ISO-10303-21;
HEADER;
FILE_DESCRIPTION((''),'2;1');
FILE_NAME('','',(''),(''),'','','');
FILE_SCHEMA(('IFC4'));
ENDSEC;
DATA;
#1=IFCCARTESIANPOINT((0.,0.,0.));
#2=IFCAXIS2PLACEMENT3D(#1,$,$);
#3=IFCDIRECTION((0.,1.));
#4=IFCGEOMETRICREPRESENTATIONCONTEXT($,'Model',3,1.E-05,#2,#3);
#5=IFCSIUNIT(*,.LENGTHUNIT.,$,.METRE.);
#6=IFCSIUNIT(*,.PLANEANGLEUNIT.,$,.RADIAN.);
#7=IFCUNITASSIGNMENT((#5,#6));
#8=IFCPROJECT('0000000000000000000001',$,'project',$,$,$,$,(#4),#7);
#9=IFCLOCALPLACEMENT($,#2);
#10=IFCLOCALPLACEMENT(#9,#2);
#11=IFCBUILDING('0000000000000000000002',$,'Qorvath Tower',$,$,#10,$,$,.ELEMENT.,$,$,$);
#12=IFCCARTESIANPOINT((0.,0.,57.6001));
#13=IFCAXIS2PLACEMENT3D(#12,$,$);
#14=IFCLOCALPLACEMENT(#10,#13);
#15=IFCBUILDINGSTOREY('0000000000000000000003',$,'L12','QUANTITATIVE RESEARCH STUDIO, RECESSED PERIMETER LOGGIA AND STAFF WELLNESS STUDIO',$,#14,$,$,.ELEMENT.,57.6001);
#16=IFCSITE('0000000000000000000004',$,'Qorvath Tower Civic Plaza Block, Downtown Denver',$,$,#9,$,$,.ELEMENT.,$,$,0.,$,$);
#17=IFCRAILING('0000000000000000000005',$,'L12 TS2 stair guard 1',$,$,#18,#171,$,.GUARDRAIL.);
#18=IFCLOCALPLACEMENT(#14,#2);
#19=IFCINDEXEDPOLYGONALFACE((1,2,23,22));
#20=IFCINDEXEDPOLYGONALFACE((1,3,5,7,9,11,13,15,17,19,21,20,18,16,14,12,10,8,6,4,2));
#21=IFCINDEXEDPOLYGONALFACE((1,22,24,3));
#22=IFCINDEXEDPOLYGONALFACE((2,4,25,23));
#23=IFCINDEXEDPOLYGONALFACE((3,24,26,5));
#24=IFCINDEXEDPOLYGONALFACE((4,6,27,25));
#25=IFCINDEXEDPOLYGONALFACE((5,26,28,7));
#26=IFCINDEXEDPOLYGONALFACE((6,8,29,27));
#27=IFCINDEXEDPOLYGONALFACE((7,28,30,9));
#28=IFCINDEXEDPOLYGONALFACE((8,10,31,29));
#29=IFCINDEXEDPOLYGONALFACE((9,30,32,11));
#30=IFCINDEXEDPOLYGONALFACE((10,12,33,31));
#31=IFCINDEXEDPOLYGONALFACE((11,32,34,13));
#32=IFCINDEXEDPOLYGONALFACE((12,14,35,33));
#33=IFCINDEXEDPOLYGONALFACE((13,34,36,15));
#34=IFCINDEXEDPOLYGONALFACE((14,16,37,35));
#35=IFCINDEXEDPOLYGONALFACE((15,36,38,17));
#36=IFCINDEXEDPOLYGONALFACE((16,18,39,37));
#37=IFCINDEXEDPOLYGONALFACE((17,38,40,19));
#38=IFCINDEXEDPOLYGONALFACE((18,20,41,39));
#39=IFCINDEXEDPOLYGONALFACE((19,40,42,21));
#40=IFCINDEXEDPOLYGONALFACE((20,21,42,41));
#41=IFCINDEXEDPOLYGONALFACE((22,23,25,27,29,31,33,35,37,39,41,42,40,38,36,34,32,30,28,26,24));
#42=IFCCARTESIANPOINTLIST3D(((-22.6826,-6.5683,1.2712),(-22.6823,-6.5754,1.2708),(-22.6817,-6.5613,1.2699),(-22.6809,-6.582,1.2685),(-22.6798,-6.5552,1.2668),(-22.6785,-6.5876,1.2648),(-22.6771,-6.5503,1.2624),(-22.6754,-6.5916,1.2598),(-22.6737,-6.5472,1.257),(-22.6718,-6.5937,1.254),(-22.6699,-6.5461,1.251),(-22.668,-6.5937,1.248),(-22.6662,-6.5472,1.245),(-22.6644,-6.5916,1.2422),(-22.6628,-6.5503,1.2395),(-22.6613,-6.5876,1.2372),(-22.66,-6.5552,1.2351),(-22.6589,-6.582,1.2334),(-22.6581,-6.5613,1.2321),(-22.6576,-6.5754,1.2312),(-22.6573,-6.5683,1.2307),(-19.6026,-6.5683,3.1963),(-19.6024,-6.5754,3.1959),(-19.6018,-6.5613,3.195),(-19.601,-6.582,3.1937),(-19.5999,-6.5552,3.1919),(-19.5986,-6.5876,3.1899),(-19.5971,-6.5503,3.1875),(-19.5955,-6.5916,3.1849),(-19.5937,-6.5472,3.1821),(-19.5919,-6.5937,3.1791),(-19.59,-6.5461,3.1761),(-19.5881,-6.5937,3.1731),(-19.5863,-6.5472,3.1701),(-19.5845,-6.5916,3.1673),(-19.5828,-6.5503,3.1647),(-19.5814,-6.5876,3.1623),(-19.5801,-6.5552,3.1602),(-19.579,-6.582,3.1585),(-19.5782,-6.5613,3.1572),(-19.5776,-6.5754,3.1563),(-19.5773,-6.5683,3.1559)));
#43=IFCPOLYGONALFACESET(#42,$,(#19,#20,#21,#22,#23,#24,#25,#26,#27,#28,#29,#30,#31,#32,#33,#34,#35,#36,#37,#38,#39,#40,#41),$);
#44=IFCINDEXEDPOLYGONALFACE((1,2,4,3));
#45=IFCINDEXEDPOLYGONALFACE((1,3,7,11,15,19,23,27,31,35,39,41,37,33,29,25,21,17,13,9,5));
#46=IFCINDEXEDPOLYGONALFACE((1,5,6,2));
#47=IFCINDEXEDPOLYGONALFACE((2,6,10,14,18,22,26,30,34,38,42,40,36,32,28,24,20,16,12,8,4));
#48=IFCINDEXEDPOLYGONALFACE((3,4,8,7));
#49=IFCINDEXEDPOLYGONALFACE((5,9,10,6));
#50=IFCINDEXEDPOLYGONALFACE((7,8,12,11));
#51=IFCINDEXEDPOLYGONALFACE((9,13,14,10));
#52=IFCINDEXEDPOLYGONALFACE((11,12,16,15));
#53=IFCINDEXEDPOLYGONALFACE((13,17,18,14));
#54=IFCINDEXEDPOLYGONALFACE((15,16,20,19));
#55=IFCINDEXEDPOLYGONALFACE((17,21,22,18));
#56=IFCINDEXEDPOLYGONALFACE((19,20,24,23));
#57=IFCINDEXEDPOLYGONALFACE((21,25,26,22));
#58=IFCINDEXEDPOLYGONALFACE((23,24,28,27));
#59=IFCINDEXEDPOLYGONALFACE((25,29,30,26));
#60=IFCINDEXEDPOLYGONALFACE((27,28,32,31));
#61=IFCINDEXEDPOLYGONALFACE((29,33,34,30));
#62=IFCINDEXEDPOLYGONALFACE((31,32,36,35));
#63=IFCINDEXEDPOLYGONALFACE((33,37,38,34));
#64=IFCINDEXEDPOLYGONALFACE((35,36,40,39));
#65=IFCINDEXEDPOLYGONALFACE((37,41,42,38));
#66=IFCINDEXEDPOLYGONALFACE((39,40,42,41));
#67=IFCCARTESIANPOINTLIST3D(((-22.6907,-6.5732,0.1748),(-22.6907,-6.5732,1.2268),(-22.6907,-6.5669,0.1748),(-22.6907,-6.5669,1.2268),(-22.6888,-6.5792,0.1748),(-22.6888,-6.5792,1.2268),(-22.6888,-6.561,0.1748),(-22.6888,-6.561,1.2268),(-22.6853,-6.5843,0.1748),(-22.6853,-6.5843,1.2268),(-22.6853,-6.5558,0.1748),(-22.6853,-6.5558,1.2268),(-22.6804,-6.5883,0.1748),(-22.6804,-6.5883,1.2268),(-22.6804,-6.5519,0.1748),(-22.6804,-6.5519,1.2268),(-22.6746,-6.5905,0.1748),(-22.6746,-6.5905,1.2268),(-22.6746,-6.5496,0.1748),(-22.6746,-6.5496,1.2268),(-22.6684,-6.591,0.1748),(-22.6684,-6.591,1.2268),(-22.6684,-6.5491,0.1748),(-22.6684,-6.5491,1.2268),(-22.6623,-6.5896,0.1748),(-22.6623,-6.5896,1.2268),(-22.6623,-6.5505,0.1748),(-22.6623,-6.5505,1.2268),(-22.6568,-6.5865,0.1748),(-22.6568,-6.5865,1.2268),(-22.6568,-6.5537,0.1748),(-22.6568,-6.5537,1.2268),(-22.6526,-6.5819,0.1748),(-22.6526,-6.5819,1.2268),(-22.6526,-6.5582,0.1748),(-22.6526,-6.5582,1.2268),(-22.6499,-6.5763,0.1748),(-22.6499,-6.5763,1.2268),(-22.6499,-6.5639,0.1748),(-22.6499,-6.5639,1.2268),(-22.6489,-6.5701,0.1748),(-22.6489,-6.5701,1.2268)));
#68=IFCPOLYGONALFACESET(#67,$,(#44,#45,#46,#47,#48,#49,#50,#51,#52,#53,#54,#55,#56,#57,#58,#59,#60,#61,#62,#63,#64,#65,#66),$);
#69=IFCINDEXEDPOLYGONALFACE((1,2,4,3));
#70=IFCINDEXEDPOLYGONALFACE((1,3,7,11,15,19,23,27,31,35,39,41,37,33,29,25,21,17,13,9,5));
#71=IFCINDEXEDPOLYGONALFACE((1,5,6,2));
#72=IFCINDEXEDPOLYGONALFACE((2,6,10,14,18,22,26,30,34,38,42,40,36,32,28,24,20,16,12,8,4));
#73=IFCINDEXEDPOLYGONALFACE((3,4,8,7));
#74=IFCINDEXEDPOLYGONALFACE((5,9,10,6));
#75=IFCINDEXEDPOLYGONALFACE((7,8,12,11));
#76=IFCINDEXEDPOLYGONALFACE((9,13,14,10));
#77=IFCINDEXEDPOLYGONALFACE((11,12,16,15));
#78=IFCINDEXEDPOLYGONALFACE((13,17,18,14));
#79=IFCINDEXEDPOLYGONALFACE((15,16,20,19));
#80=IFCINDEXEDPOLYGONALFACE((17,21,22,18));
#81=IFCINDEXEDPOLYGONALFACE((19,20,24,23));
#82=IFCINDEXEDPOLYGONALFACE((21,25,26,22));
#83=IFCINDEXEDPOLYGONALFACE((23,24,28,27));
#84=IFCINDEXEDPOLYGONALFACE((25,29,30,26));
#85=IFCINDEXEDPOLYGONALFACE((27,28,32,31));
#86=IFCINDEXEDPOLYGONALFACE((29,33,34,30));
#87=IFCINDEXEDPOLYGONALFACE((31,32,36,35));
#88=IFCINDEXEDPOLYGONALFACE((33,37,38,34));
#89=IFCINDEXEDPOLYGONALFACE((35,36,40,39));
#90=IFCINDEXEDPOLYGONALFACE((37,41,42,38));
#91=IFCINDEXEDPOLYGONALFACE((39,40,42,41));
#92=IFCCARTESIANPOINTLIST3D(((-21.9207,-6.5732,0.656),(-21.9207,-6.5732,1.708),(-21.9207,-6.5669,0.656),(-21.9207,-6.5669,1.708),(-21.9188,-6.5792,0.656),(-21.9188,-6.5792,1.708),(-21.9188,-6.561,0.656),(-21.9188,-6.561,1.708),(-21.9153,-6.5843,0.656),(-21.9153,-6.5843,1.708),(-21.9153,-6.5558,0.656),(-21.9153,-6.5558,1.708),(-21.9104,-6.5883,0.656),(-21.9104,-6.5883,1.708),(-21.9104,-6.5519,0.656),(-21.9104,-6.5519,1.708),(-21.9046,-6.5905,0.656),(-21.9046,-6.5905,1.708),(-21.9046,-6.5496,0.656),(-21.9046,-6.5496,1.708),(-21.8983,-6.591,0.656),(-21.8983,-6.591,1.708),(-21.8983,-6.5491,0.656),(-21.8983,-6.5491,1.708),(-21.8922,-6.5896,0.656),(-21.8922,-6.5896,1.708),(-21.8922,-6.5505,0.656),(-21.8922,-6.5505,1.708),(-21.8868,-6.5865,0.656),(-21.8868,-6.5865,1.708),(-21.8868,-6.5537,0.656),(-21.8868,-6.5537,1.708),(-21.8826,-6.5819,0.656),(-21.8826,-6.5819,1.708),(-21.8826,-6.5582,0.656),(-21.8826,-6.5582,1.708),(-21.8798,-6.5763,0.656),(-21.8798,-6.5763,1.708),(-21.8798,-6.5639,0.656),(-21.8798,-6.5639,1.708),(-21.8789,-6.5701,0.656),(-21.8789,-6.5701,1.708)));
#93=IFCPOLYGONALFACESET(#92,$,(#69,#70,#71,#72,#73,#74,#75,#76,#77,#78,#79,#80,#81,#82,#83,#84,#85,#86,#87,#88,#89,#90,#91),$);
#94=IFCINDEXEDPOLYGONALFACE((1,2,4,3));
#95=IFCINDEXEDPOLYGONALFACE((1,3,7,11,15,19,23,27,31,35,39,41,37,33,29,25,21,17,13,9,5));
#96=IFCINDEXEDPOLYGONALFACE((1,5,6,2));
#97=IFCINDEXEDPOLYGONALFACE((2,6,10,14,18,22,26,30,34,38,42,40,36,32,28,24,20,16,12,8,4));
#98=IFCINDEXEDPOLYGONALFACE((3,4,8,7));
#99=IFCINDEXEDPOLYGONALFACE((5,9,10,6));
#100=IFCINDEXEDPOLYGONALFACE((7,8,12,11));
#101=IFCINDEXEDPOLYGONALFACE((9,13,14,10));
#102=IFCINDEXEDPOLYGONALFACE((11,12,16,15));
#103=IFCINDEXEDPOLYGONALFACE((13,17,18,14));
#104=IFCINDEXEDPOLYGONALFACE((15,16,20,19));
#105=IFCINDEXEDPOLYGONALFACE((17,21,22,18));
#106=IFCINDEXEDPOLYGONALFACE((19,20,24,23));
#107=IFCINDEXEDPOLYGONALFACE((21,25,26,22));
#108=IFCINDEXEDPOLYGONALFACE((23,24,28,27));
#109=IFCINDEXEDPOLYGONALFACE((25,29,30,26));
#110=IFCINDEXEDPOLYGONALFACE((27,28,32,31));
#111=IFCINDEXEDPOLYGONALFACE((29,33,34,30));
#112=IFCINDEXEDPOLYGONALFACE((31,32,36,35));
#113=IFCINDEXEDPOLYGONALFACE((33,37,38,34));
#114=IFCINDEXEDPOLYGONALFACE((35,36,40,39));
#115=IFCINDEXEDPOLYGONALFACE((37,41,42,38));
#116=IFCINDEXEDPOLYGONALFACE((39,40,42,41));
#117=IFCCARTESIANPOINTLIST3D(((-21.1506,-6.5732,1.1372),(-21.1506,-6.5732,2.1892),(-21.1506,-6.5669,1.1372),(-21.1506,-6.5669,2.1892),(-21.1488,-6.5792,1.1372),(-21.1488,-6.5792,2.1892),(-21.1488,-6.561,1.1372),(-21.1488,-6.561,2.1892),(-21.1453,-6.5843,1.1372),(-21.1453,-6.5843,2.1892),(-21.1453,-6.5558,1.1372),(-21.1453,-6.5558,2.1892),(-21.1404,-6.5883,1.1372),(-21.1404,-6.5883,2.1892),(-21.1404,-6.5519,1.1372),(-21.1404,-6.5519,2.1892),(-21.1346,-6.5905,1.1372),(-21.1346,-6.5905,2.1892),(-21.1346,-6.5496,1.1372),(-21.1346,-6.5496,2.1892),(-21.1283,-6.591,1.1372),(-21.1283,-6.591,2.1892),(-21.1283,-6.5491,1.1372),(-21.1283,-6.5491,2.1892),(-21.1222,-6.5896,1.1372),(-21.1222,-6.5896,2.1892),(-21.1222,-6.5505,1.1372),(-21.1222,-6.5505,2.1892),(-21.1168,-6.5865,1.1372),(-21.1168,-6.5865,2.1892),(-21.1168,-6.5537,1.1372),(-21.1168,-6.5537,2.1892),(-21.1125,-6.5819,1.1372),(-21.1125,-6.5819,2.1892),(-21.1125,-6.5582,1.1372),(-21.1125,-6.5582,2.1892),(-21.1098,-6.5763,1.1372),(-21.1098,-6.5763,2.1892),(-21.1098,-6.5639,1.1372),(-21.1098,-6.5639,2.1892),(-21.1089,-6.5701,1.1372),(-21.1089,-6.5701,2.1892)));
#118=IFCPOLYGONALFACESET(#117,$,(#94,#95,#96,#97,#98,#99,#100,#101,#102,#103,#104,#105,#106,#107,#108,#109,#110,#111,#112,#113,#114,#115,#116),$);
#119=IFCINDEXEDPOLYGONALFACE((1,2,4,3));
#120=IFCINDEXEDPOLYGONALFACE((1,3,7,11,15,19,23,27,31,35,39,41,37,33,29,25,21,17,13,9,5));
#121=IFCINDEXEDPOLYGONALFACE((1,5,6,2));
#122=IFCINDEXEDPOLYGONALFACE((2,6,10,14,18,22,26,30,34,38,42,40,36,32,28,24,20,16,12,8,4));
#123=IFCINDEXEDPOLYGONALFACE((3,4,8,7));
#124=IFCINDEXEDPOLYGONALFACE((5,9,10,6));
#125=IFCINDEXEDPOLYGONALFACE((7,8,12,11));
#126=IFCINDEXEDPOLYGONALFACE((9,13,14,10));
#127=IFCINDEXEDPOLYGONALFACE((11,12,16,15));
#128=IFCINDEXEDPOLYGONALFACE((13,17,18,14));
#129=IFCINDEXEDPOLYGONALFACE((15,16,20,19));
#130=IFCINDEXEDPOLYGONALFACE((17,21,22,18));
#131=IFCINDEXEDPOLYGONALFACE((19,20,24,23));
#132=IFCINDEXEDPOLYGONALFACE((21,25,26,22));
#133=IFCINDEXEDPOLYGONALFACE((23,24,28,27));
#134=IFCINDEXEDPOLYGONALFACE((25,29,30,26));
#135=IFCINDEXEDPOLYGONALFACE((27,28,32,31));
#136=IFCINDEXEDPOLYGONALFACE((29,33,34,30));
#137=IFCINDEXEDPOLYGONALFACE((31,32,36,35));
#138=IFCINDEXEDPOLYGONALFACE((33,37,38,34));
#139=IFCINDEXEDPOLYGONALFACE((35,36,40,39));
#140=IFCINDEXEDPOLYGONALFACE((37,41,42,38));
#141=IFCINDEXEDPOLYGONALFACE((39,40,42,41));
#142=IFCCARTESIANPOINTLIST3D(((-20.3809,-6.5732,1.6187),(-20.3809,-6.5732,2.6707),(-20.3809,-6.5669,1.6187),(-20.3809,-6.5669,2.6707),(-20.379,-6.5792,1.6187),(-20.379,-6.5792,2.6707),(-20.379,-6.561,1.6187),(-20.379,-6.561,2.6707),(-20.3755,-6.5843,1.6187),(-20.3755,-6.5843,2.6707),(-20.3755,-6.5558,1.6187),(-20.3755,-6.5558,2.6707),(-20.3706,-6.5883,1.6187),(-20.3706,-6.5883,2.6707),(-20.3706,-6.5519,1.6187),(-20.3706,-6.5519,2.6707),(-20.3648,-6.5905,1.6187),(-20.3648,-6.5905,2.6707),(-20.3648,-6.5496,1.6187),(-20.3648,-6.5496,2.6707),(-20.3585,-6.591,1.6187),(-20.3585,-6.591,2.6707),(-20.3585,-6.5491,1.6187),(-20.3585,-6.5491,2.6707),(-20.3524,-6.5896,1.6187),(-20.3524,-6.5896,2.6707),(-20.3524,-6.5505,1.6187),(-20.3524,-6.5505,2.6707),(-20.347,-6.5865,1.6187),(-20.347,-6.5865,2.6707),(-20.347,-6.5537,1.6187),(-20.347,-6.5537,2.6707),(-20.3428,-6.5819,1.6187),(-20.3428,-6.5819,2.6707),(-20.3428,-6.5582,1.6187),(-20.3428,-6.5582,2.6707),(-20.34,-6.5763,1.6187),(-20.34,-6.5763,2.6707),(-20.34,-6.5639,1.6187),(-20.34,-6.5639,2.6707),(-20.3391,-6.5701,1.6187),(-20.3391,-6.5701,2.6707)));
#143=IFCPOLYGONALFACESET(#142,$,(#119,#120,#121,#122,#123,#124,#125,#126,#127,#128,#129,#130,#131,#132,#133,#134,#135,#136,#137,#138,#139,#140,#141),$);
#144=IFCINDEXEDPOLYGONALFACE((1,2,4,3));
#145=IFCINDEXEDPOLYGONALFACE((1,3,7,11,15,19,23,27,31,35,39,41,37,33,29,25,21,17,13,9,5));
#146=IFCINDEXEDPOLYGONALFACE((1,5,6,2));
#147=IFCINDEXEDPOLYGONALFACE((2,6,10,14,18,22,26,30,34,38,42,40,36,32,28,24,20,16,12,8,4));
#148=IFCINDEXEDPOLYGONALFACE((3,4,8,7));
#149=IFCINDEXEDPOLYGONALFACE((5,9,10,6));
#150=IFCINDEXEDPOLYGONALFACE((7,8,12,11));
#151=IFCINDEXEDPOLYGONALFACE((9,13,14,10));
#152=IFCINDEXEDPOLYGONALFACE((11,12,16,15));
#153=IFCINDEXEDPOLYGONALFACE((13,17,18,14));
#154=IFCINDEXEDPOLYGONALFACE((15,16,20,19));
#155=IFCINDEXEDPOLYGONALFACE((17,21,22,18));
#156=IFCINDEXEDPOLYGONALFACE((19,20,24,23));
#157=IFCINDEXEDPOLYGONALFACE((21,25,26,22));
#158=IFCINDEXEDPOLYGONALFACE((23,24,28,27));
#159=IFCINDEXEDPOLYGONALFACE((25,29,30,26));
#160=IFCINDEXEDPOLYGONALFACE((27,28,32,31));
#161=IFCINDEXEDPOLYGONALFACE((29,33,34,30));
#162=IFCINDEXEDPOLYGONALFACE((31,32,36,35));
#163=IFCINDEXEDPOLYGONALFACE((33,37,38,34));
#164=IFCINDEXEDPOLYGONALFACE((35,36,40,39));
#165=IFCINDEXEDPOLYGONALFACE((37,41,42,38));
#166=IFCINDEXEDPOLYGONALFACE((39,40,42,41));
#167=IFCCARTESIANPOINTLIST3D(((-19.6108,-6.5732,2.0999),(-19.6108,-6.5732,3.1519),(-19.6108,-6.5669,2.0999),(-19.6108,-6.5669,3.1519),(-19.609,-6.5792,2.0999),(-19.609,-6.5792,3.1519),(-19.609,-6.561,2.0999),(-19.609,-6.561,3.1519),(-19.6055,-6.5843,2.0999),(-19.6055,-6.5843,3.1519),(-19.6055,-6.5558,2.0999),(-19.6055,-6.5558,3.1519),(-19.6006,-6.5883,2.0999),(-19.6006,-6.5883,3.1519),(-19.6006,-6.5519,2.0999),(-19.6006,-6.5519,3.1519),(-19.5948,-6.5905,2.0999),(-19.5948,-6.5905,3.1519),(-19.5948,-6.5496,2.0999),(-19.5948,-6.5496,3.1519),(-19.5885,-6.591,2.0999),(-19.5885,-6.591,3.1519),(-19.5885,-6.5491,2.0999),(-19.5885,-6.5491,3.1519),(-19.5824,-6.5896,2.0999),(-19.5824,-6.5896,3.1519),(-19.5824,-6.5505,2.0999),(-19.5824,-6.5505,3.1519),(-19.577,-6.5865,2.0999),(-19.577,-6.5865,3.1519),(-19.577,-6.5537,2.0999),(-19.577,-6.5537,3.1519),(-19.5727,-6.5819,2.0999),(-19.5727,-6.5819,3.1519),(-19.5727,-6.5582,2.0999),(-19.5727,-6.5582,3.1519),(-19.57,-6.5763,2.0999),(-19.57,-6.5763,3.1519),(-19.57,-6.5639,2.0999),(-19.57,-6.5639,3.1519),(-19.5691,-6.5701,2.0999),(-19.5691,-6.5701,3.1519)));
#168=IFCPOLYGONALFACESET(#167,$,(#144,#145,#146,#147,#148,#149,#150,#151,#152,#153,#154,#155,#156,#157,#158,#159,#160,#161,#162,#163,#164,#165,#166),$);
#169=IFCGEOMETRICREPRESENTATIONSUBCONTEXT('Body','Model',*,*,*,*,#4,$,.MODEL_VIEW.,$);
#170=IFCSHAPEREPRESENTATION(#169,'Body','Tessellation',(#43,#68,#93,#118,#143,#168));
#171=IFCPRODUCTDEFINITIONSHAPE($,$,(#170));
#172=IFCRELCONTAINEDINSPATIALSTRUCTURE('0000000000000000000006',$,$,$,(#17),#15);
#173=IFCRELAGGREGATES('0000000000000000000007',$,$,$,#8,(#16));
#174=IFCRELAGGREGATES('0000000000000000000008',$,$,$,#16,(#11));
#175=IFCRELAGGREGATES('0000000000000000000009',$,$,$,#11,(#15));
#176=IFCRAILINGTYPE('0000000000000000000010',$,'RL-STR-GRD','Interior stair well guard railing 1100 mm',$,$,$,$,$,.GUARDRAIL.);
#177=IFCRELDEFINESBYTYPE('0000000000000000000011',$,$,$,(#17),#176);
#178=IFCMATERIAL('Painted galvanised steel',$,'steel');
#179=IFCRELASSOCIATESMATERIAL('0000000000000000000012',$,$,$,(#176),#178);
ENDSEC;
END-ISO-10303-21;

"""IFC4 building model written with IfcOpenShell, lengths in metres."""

from ifc_helpers import new_model, si_unit, direction, frame, origin, origin_2d, place, context, subcontext, project, spatial, circle, extrude, material, type_object, element, save


model = new_model("IFC4")

# Units and contexts
model_context = context("Model", 3, precision=1e-05, world=origin(), true_north=direction((0.0, 1.0)))
body_context = subcontext(model_context, "Body", "Model", "MODEL_VIEW")
ifc_project = project(units=[si_unit("LENGTHUNIT", "METRE"), si_unit("PLANEANGLEUNIT", "RADIAN")], contexts=[model_context])

# Site, building, storey
site_placement = place(None, origin())
site = spatial("IfcSite", under=ifc_project, at=site_placement, Name="Qorvath Tower Civic Plaza Block, Downtown Denver", CompositionType="ELEMENT", RefElevation=0.0)
building_placement = place(site_placement, origin())
building = spatial("IfcBuilding", under=site, at=building_placement, Name="Qorvath Tower", CompositionType="ELEMENT")
storey_placement = place(building_placement, frame((0.0, 0.0, 57.6001)))
storey = spatial("IfcBuildingStorey", under=building, at=storey_placement, Name="L12", Description="QUANTITATIVE RESEARCH STUDIO, RECESSED PERIMETER LOGGIA AND STAFF WELLNESS STUDIO", CompositionType="ELEMENT", Elevation=57.6001)

# Railing
ifc_material_1 = material(Name="Painted galvanised steel", Category="steel")
railing_type_1 = type_object("IfcRailingType", Name="RL-STR-GRD", Description="Interior stair well guard railing 1100 mm", PredefinedType="GUARDRAIL", material=ifc_material_1)
railing_1_placement = place(storey_placement, frame((-22.6699, -6.5701, 0.1748)))
element("IfcRailing", 1, at=railing_1_placement, inside=storey, type_object=railing_type_1, Name="L12 TS2 stair guard 1", PredefinedType="GUARDRAIL", context=body_context, shape_type="SweptSolid", body=[
    extrude(circle(Radius=0.0239, at=origin_2d()), frame((0.0, 0.0, 1.0762), z_axis=(0.847979, 0.0, 0.530029), x_axis=(0.0, 1.0, 0.0)), (0.0, 0.0, 1.0), 3.6321),
    extrude(circle(Radius=0.021, at=origin_2d()), origin(), (0.0, 0.0, 1.0), 1.052),
    extrude(circle(Radius=0.021, at=origin_2d()), frame((0.77, 0.0, 0.4812)), (0.0, 0.0, 1.0), 1.052),
    extrude(circle(Radius=0.021, at=origin_2d()), frame((1.54, 0.0, 0.9624)), (0.0, 0.0, 1.0), 1.052),
    extrude(circle(Radius=0.021, at=origin_2d()), frame((2.3098, 0.0, 1.4438)), (0.0, 0.0, 1.0), 1.052),
    extrude(circle(Radius=0.021, at=origin_2d()), frame((3.0798, 0.0, 1.925)), (0.0, 0.0, 1.0), 1.052),
])

save(model, "model.ifc")
